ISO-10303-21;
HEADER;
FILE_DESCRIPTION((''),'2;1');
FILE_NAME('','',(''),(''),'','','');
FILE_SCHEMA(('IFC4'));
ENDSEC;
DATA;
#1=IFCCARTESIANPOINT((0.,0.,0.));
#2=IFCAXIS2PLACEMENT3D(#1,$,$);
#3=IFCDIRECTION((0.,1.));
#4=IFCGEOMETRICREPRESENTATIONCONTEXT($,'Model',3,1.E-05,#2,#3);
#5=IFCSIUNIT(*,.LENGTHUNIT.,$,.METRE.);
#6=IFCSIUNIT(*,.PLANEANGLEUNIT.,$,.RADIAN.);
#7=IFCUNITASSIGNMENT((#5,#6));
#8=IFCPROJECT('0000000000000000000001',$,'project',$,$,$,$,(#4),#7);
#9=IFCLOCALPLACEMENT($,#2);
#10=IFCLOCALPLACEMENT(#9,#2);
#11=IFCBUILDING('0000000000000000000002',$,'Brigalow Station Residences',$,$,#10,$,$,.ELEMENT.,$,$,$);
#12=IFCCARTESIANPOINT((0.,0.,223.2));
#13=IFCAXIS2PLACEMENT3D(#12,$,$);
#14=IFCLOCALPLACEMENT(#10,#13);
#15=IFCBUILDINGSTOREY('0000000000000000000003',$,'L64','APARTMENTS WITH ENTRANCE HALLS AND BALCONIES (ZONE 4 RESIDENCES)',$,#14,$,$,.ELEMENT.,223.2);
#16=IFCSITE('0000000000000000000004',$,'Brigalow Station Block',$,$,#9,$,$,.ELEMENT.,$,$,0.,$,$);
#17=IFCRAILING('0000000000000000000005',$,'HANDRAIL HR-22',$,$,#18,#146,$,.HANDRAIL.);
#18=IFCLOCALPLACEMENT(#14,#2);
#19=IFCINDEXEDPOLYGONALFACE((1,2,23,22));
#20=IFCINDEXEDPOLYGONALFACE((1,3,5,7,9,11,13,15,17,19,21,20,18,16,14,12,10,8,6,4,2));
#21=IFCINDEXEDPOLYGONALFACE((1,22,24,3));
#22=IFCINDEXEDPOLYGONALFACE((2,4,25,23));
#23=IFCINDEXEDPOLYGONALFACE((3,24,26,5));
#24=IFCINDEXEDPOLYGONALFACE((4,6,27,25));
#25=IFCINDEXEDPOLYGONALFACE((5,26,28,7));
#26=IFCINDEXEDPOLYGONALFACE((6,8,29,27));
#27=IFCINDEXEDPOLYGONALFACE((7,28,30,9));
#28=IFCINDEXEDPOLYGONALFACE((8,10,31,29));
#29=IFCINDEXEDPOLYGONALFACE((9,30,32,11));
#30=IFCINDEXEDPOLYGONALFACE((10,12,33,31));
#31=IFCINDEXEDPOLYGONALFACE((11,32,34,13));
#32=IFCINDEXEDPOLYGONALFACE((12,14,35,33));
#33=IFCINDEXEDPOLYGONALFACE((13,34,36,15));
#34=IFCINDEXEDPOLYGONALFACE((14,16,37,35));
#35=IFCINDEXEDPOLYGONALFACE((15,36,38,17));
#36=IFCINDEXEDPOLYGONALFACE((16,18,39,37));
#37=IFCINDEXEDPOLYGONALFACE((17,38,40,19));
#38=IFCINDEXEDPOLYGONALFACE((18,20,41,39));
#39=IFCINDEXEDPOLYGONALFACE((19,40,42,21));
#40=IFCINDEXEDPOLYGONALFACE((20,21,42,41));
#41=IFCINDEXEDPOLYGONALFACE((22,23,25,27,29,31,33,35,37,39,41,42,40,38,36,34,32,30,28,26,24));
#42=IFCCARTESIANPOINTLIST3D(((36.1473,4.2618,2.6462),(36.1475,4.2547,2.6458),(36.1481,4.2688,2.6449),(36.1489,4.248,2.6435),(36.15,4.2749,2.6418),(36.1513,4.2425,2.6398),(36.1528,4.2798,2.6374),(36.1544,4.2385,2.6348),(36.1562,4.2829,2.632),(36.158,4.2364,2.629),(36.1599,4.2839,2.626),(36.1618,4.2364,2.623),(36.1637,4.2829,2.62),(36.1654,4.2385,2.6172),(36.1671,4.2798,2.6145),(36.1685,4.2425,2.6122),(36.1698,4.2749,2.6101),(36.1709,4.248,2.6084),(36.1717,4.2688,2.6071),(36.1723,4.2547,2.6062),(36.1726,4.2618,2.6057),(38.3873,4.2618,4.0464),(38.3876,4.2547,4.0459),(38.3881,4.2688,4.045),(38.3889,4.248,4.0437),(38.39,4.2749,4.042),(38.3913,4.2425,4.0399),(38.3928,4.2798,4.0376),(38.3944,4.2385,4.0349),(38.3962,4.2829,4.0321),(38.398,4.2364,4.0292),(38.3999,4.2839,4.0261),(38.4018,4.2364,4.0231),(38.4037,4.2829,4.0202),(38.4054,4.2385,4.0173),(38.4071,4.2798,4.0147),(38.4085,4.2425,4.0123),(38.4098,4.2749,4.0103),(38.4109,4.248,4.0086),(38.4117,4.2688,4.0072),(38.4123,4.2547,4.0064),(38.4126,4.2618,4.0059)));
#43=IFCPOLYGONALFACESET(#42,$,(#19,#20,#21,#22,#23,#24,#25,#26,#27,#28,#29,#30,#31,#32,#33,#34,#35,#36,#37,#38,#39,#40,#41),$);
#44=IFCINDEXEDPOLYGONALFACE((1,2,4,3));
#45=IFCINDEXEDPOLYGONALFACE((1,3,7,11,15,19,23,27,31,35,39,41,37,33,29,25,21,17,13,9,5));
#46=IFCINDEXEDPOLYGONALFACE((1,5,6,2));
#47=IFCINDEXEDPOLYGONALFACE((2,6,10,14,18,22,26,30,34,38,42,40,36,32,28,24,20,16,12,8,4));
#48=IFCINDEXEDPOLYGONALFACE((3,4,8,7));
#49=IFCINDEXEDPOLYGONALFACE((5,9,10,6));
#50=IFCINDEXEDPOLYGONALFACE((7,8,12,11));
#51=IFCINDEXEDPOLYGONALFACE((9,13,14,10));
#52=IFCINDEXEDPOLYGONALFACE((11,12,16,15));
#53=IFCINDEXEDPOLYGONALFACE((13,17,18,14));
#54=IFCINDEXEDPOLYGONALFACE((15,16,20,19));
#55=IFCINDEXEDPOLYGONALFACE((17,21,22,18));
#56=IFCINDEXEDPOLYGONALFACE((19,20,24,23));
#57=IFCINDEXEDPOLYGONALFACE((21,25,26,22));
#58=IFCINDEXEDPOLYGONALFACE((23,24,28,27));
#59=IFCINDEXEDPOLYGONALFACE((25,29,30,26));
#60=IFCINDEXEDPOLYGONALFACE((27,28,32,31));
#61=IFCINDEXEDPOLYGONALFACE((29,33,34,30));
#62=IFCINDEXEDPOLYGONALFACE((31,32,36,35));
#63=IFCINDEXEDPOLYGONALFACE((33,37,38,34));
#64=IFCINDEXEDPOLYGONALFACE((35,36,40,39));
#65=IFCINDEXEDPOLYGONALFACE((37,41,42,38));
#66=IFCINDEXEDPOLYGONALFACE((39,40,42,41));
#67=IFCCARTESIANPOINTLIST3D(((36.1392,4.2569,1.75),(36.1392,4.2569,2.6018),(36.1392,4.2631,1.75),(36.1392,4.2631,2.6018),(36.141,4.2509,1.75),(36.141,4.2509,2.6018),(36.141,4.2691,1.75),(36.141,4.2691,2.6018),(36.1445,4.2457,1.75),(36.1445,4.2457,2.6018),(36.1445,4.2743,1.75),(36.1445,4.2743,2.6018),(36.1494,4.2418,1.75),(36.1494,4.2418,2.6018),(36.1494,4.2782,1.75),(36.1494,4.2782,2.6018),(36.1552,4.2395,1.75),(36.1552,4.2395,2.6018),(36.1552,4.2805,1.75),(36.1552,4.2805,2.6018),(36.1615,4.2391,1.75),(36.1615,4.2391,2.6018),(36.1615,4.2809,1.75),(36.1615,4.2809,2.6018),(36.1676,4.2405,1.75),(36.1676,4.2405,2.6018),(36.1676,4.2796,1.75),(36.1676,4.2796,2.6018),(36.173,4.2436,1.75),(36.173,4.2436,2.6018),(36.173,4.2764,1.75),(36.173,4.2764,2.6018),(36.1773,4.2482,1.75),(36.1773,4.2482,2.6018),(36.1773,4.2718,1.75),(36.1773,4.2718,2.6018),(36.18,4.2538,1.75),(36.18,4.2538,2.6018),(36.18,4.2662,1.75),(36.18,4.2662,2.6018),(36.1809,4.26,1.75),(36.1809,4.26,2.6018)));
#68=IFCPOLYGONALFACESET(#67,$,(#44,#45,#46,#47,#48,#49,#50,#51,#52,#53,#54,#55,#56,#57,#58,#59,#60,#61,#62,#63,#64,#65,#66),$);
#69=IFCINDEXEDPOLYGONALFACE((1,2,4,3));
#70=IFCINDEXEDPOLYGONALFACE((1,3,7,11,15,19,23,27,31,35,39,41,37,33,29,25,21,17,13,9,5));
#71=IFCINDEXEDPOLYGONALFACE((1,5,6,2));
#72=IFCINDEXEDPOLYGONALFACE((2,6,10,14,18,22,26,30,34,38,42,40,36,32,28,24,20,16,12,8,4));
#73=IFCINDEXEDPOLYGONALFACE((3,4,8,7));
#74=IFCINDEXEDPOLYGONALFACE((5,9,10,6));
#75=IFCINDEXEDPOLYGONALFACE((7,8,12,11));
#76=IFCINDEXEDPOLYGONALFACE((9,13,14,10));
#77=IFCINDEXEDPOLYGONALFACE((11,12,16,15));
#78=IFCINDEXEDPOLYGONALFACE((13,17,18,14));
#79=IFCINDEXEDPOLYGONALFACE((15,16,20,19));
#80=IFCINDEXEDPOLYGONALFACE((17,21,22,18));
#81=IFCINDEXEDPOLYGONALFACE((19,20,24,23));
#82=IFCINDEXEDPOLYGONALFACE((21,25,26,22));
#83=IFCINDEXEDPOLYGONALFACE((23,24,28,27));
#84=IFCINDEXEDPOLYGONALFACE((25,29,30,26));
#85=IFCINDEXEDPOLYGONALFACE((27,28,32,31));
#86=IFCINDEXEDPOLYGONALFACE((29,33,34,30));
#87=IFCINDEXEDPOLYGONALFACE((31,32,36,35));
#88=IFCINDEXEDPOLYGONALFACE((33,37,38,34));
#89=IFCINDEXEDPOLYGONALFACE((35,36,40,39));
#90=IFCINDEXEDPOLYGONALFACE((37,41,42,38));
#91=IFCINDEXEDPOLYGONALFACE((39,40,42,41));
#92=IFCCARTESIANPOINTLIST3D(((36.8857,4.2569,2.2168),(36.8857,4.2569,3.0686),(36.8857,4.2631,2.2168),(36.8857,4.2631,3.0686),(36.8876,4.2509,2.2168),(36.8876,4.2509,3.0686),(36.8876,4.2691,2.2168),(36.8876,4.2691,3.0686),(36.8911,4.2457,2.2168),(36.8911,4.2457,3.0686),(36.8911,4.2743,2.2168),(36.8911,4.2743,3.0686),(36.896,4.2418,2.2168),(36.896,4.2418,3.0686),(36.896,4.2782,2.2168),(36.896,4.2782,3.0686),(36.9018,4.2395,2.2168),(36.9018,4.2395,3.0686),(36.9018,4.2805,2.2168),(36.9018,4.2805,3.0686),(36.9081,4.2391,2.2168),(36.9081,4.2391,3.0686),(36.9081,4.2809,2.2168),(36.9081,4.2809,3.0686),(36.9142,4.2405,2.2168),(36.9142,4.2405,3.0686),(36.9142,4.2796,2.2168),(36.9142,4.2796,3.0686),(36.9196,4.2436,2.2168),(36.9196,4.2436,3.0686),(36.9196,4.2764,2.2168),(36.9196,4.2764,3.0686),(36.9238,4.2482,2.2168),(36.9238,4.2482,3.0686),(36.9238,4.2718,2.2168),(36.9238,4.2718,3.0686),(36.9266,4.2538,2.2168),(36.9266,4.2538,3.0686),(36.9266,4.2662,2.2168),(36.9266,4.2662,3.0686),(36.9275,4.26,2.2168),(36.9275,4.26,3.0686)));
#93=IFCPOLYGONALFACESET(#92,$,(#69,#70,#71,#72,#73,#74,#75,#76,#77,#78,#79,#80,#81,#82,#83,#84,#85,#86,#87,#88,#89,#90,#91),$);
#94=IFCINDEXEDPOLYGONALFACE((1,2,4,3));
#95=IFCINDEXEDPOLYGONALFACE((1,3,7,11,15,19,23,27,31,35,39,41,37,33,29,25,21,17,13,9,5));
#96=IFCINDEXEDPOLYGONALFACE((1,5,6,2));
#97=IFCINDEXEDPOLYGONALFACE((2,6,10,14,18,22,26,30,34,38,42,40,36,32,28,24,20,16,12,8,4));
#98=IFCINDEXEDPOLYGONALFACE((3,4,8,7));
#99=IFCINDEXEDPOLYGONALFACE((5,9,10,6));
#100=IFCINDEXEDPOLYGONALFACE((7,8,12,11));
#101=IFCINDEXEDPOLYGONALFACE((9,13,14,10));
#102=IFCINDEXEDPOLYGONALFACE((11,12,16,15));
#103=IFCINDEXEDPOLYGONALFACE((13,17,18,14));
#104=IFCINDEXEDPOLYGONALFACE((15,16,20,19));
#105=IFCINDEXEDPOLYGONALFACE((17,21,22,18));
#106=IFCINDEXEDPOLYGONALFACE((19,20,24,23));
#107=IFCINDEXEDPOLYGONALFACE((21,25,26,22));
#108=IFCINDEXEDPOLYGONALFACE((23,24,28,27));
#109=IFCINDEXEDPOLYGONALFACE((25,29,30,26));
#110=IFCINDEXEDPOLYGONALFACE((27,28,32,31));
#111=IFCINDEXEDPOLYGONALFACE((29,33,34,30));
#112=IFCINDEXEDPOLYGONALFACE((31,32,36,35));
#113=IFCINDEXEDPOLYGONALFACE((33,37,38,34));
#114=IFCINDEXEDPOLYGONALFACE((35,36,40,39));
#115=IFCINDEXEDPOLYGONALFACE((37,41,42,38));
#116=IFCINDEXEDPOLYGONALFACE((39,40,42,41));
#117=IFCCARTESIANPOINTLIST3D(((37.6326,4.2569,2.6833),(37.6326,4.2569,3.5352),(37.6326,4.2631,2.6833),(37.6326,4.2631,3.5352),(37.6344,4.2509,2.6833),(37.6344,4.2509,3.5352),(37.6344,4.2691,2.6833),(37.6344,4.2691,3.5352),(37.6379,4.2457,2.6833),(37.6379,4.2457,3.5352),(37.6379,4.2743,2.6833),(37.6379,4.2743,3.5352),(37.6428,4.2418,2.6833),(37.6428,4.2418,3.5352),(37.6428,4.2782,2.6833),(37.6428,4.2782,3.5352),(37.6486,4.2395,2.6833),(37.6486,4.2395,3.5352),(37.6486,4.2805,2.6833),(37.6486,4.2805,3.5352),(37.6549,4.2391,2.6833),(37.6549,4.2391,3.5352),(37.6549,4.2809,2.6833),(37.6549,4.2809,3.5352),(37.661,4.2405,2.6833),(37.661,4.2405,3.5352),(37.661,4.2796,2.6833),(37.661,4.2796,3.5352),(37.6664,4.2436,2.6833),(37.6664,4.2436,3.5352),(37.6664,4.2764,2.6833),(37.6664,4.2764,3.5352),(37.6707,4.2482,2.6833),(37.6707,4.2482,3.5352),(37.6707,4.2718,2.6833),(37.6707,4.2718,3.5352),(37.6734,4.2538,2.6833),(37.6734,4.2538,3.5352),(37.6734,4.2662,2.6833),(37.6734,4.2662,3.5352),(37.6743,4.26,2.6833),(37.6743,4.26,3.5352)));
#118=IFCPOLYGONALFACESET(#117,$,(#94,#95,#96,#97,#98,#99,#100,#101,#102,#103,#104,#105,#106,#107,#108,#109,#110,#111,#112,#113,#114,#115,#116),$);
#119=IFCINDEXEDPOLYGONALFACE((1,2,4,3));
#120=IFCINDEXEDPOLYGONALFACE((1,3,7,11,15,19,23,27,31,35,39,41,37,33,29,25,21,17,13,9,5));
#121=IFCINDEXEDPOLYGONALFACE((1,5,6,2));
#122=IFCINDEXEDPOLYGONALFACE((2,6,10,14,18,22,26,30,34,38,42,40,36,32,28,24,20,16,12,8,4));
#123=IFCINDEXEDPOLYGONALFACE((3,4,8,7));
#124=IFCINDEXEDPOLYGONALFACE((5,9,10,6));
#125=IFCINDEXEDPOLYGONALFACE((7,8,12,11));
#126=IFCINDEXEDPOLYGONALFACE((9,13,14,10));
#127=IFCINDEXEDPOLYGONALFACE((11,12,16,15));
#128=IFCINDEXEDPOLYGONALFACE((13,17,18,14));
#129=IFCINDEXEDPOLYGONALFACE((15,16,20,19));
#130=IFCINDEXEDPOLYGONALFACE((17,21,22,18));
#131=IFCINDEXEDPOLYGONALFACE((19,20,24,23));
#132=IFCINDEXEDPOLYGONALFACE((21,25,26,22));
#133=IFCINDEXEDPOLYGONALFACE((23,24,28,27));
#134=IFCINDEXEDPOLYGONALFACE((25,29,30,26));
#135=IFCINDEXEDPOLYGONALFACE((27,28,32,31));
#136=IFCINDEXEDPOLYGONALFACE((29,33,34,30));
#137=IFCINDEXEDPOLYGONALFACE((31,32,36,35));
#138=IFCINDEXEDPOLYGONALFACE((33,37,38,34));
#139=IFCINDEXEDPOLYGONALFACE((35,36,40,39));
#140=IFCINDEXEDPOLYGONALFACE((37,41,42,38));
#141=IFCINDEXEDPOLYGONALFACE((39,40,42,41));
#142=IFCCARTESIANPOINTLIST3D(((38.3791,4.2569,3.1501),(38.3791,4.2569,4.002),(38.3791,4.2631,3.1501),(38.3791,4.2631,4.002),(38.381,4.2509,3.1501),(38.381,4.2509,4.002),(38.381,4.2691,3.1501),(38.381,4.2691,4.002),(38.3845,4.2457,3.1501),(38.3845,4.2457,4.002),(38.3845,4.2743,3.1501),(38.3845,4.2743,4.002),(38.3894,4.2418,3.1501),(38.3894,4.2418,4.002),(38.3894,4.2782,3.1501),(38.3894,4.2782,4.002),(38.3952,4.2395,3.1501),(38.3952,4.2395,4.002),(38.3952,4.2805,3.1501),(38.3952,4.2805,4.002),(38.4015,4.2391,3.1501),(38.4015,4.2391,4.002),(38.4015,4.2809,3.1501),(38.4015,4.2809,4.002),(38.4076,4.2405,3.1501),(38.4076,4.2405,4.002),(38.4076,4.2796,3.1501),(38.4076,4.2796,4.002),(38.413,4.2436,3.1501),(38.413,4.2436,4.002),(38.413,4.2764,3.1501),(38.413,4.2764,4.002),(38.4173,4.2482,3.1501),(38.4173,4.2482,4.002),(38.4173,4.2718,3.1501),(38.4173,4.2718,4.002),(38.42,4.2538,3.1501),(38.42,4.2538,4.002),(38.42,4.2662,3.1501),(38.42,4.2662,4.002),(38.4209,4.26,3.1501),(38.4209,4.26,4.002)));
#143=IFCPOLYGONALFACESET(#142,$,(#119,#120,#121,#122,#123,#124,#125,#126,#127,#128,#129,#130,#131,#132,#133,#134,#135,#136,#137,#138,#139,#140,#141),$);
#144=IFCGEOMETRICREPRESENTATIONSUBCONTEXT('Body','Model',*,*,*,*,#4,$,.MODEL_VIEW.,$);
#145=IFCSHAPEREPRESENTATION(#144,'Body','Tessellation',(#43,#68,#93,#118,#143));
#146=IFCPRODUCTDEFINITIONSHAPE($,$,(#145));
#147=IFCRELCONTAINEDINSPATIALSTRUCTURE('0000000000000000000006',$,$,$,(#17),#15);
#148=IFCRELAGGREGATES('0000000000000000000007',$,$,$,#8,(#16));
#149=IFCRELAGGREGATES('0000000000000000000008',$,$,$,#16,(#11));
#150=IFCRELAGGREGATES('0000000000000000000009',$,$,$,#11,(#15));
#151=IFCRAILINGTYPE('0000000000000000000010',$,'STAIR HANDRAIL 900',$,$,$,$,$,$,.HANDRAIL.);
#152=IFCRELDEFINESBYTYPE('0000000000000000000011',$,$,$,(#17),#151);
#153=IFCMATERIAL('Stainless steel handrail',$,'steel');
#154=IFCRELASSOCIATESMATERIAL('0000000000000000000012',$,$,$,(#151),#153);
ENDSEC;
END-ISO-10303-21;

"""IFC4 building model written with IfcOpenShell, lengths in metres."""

from ifc_helpers import new_model, si_unit, direction, frame, origin, origin_2d, place, context, subcontext, project, spatial, circle, extrude, material, type_object, element, save


model = new_model("IFC4")

# Units and contexts
model_context = context("Model", 3, precision=1e-05, world=origin(), true_north=direction((0.0, 1.0)))
body_context = subcontext(model_context, "Body", "Model", "MODEL_VIEW")
ifc_project = project(units=[si_unit("LENGTHUNIT", "METRE"), si_unit("PLANEANGLEUNIT", "RADIAN")], contexts=[model_context])

# Site, building, storey
site_placement = place(None, origin())
site = spatial("IfcSite", under=ifc_project, at=site_placement, Name="Brigalow Station Block", CompositionType="ELEMENT", RefElevation=0.0)
building_placement = place(site_placement, origin())
building = spatial("IfcBuilding", under=site, at=building_placement, Name="Brigalow Station Residences", CompositionType="ELEMENT")
storey_placement = place(building_placement, frame((0.0, 0.0, 223.2)))
storey = spatial("IfcBuildingStorey", under=building, at=storey_placement, Name="L64", Description="APARTMENTS WITH ENTRANCE HALLS AND BALCONIES (ZONE 4 RESIDENCES)", CompositionType="ELEMENT", Elevation=223.2)

# Railing
ifc_material_1 = material(Name="Stainless steel handrail", Category="steel")
railing_type = type_object("IfcRailingType", Name="STAIR HANDRAIL 900", PredefinedType="HANDRAIL", material=ifc_material_1)
railing_placement = place(storey_placement, frame((36.1599, 4.26, 1.75)))
element("IfcRailing", 1, at=railing_placement, inside=storey, type_object=railing_type, Name="HANDRAIL HR-22", PredefinedType="HANDRAIL", context=body_context, shape_type="SweptSolid", body=[
    extrude(circle(Radius=0.0239, at=origin_2d()), frame((0.0, 0.0, 0.876), z_axis=(0.847972, 0.0, 0.53004), x_axis=(0.0, 1.0, 0.0)), (0.0, 0.0, 1.0), 2.6416),
    extrude(circle(Radius=0.021, at=origin_2d()), origin(), (0.0, 0.0, 1.0), 0.8518),
    extrude(circle(Radius=0.021, at=origin_2d()), frame((0.7466, 0.0, 0.4668)), (0.0, 0.0, 1.0), 0.8518),
    extrude(circle(Radius=0.021, at=origin_2d()), frame((1.4934, 0.0, 0.9333)), (0.0, 0.0, 1.0), 0.8518),
    extrude(circle(Radius=0.021, at=origin_2d()), frame((2.24, 0.0, 1.4001)), (0.0, 0.0, 1.0), 0.8518),
])

save(model, "model.ifc")
